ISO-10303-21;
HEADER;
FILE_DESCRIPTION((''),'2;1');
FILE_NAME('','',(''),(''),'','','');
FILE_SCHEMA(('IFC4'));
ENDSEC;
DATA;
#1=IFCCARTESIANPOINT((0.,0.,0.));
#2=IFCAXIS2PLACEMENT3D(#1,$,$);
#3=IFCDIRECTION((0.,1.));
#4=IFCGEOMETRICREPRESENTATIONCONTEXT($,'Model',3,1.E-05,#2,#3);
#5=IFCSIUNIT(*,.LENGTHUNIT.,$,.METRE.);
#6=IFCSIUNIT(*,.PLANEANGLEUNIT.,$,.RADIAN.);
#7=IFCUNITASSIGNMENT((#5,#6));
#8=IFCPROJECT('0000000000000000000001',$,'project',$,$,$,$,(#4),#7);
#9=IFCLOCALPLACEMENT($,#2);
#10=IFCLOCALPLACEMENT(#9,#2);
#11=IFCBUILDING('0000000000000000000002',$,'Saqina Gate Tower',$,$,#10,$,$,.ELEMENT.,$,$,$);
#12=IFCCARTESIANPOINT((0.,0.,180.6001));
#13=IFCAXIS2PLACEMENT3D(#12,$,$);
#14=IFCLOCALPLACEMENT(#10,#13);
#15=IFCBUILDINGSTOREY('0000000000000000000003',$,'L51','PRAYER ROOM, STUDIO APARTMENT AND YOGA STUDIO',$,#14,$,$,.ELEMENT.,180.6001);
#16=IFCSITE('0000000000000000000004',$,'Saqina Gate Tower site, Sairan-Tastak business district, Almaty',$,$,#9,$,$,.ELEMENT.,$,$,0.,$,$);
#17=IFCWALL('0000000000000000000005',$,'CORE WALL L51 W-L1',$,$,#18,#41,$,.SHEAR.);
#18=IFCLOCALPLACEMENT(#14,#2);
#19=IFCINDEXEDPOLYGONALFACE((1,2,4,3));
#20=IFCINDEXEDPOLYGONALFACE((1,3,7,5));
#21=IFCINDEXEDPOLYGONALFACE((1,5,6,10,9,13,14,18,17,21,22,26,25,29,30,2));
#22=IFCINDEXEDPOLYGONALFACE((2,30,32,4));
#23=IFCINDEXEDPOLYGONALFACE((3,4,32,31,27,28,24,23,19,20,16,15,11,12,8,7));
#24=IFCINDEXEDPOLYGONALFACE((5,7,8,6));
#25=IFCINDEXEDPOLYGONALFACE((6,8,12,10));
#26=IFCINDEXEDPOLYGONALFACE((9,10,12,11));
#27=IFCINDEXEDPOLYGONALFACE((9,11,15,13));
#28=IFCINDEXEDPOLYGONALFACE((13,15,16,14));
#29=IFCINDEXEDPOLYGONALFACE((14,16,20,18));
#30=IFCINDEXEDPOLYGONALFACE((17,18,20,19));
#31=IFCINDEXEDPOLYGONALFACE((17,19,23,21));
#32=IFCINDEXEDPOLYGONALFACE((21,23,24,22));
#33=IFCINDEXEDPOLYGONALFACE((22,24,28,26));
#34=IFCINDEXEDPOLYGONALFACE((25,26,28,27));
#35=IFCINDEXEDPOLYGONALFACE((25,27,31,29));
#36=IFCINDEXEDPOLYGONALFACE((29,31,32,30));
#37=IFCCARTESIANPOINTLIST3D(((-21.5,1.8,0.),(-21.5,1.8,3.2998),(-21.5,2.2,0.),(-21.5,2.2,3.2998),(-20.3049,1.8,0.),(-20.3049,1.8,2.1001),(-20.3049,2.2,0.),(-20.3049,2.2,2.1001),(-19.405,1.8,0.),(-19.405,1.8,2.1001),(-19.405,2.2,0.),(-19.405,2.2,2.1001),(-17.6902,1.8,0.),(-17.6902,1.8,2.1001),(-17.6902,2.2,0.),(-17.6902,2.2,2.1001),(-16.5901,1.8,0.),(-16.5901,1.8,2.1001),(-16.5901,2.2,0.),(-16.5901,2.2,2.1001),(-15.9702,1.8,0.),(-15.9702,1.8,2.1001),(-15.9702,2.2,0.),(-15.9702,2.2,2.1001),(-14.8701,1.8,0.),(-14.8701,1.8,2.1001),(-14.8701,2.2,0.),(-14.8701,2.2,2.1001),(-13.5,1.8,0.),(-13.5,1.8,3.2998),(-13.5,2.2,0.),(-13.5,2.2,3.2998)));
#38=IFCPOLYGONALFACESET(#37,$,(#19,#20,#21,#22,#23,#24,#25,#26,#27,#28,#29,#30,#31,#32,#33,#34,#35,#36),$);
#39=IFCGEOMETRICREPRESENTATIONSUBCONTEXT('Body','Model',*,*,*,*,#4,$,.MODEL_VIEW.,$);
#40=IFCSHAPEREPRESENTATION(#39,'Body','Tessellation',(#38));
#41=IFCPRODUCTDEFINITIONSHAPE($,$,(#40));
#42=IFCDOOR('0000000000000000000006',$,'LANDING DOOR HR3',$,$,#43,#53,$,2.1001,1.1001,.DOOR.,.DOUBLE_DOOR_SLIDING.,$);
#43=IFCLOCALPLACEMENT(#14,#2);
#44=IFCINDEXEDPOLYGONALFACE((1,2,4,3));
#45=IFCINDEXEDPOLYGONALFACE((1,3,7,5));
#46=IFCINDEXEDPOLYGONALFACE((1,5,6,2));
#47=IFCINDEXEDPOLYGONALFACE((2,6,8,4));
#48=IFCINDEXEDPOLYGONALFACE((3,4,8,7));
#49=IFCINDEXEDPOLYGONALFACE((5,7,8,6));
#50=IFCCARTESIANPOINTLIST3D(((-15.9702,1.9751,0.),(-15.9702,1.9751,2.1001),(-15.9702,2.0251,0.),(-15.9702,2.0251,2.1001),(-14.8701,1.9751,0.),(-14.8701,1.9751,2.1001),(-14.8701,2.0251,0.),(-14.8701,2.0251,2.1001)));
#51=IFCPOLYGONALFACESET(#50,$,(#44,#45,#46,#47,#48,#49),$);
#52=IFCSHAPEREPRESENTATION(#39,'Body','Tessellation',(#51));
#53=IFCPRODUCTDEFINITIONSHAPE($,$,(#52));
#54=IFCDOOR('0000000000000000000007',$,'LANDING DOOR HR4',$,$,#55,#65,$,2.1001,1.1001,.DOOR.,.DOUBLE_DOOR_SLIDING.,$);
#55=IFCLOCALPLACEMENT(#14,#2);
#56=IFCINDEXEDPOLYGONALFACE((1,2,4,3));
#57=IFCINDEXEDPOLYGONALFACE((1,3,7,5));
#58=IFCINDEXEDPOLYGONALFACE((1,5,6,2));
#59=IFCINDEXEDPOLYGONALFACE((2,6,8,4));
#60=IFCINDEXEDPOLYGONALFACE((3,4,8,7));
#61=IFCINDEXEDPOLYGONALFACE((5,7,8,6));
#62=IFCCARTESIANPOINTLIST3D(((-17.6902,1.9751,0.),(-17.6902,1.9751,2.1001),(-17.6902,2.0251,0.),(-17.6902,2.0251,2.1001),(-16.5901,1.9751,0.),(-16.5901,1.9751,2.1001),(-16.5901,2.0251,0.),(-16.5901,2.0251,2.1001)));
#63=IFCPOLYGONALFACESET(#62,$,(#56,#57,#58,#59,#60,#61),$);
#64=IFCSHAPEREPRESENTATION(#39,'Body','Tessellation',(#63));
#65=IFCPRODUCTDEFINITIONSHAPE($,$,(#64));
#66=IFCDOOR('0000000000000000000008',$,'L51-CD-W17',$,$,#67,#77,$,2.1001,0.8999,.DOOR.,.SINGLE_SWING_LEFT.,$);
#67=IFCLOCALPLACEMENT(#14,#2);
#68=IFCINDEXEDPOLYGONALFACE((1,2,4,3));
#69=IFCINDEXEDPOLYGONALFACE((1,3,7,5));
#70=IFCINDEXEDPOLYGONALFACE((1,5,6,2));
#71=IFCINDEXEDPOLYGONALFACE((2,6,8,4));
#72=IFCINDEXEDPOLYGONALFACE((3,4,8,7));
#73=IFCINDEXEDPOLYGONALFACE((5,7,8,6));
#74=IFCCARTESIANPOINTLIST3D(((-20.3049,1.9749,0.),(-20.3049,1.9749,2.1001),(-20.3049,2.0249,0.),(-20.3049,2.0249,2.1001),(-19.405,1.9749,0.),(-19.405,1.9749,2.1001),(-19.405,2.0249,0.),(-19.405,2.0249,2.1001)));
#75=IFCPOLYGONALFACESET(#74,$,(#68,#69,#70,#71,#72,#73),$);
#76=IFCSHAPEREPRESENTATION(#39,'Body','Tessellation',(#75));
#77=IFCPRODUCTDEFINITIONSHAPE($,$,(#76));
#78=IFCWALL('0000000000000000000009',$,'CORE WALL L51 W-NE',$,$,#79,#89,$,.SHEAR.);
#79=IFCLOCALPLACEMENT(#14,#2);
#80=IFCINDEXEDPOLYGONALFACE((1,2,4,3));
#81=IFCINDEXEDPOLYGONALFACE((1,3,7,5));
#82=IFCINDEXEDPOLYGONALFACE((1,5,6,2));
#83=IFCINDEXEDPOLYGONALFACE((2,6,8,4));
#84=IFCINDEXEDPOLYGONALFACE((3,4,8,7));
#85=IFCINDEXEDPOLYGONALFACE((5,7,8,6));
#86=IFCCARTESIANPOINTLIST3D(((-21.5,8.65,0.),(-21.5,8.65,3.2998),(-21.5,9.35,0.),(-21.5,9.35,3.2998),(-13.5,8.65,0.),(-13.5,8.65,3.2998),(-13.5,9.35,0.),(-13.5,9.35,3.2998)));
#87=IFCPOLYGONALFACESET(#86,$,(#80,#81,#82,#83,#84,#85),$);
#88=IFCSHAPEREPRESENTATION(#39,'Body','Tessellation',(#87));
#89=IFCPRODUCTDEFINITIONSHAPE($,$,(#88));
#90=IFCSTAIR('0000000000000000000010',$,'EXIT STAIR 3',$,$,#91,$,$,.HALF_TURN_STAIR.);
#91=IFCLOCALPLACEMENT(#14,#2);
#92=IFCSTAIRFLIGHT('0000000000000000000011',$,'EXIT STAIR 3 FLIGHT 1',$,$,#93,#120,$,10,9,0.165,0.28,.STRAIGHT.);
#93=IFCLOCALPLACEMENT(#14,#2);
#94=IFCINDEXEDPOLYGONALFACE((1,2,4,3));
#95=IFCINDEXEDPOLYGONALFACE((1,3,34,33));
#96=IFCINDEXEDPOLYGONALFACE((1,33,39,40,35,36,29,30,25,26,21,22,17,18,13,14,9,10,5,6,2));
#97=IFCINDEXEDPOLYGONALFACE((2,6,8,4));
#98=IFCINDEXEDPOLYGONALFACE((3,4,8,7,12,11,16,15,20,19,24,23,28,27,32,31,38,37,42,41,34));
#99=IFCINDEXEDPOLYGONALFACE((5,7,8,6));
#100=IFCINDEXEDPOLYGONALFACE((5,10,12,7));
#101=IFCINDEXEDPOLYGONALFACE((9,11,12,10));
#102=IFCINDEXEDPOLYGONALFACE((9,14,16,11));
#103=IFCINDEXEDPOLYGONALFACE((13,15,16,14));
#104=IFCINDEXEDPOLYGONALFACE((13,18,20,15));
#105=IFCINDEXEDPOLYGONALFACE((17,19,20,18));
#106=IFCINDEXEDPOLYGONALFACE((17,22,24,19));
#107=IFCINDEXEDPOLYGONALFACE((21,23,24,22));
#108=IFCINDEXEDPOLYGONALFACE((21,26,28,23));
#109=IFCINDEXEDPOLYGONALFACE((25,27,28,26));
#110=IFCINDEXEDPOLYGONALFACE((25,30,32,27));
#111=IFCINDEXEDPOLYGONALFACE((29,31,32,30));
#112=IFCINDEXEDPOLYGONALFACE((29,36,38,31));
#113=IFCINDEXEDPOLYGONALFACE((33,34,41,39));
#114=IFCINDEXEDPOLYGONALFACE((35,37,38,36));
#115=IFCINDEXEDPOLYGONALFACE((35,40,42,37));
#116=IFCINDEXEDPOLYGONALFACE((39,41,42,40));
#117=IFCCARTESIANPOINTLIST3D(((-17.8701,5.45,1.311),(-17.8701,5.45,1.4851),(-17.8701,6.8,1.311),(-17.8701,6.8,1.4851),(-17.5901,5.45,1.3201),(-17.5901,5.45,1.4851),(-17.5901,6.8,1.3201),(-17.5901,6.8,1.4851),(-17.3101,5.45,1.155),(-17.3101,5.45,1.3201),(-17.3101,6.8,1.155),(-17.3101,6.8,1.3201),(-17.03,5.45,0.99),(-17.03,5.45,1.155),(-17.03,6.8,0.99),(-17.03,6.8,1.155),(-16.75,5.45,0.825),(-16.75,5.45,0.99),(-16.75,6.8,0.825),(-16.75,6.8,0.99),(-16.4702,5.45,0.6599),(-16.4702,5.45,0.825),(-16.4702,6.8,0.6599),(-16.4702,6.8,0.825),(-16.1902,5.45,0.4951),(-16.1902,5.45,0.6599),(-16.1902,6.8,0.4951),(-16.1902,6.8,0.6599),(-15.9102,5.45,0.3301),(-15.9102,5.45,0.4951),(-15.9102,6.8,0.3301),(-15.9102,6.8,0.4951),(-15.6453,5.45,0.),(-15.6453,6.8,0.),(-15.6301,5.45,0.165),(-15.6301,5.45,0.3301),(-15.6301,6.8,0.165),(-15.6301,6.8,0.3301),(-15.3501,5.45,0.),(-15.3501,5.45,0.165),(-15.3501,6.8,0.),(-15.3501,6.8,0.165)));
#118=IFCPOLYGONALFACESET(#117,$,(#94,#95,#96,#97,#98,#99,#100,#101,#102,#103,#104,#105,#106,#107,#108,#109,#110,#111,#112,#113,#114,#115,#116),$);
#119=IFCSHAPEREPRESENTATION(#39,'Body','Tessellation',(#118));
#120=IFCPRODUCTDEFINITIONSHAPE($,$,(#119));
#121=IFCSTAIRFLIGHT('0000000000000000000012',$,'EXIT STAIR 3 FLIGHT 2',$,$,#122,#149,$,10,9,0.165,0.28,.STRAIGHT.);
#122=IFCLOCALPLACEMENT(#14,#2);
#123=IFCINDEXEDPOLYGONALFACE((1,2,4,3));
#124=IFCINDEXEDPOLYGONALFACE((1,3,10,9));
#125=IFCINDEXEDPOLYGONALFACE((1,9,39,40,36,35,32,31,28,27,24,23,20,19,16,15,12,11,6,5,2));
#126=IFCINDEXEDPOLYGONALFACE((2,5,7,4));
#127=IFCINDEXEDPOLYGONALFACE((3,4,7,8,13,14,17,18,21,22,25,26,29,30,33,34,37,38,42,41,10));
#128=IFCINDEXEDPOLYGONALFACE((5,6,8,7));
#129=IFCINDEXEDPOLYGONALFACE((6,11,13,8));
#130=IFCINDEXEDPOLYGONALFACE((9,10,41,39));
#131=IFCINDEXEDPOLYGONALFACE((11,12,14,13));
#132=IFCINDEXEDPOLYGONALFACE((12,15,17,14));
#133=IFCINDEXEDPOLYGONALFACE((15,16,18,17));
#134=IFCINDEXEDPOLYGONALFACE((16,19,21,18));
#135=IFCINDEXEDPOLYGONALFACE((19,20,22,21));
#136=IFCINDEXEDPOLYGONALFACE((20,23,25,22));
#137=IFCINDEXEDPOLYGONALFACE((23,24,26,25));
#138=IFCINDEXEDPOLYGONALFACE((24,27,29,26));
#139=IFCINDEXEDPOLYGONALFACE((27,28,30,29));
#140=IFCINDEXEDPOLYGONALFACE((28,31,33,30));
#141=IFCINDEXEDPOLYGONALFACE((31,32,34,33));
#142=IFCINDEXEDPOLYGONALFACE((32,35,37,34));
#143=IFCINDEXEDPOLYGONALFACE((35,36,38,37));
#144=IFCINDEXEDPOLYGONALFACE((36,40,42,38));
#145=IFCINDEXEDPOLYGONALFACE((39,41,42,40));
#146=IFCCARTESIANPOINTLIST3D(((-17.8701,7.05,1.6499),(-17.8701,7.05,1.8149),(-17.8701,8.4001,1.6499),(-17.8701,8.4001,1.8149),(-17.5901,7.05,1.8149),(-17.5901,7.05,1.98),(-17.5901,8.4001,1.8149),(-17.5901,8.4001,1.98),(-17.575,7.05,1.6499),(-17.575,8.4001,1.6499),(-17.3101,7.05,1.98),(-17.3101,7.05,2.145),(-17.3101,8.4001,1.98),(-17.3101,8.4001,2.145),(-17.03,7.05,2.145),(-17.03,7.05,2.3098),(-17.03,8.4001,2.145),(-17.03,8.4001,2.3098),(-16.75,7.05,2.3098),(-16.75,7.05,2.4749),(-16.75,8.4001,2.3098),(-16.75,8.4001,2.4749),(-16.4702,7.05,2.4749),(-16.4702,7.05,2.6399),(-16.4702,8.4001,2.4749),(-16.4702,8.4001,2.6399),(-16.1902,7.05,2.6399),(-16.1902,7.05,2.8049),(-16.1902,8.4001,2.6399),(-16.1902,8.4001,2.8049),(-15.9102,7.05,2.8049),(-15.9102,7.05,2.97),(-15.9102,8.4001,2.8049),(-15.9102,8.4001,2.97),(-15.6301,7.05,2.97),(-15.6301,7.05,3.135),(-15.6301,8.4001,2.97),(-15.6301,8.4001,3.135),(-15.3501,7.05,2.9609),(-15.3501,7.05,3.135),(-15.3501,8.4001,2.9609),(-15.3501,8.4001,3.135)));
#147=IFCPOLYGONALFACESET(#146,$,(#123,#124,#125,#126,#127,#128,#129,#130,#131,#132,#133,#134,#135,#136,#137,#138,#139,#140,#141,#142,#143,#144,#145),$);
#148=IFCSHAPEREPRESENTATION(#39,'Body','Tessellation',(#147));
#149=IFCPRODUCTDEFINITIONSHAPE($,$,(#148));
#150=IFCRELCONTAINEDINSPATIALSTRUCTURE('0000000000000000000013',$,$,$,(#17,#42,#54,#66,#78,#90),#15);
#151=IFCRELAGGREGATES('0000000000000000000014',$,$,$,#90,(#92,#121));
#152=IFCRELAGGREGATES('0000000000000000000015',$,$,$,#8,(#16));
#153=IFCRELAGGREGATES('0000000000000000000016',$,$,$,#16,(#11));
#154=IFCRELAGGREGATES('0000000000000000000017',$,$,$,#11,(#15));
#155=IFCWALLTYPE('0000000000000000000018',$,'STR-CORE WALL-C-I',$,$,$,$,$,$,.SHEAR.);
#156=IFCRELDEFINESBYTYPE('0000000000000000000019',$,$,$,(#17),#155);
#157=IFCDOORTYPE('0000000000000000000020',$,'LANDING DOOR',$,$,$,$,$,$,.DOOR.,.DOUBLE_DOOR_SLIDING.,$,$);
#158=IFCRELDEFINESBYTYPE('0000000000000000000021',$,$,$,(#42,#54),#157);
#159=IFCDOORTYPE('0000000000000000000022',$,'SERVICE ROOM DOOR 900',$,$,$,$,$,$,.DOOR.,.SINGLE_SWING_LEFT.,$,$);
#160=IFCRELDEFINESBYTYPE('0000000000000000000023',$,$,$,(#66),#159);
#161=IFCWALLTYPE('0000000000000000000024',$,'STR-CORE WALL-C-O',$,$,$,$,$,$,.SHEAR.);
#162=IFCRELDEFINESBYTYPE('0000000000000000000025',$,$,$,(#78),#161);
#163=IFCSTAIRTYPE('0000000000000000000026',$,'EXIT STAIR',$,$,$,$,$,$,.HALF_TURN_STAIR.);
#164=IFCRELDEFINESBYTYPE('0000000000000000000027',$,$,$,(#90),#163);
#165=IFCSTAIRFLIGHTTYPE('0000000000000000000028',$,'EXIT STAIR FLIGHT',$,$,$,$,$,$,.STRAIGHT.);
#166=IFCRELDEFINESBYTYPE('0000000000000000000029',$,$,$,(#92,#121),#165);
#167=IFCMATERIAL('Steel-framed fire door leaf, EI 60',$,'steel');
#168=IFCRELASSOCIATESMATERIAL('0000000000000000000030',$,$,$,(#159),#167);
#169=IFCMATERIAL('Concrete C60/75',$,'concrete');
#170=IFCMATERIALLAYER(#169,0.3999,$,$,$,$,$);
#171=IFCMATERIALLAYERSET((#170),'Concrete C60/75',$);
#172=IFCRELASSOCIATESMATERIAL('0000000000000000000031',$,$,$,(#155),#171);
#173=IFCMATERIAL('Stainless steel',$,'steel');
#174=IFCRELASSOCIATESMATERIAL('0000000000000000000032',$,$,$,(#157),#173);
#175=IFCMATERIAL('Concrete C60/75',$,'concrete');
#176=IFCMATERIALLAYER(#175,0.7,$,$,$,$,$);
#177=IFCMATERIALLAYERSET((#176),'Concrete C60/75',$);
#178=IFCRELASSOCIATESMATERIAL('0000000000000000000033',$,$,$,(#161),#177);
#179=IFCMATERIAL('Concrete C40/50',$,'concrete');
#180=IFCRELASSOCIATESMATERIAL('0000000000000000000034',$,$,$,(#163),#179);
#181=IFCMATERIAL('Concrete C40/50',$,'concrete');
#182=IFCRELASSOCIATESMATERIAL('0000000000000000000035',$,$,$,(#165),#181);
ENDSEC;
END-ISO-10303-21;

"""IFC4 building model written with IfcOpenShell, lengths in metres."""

from ifc_helpers import new_model, si_unit, direction, frame, frame_2d, origin, place, context, subcontext, project, spatial, polyline, rectangle, outline, extrude, material, layer, layer_set, type_object, element, fill, aggregate, save


model = new_model("IFC4")

# Units and contexts
model_context = context("Model", 3, precision=1e-05, world=origin(), true_north=direction((0.0, 1.0)))
body_context = subcontext(model_context, "Body", "Model", "MODEL_VIEW")
ifc_project = project(units=[si_unit("LENGTHUNIT", "METRE"), si_unit("PLANEANGLEUNIT", "RADIAN")], contexts=[model_context])

# Site, building, storey
site_placement = place(None, origin())
site = spatial("IfcSite", under=ifc_project, at=site_placement, Name="Saqina Gate Tower site, Sairan-Tastak business district, Almaty", CompositionType="ELEMENT", RefElevation=0.0)
building_placement = place(site_placement, origin())
building = spatial("IfcBuilding", under=site, at=building_placement, Name="Saqina Gate Tower", CompositionType="ELEMENT")
storey_placement = place(building_placement, frame((0.0, 0.0, 180.6001)))
storey = spatial("IfcBuildingStorey", under=building, at=storey_placement, Name="L51", Description="PRAYER ROOM, STUDIO APARTMENT AND YOGA STUDIO", CompositionType="ELEMENT", Elevation=180.6001)

# Shared definitions
ifc_material_1 = material(Name="Steel-framed fire door leaf, EI 60", Category="steel")
door_type_1 = type_object("IfcDoorType", Name="SERVICE ROOM DOOR 900", OperationType="SINGLE_SWING_LEFT", PredefinedType="DOOR", material=ifc_material_1)

# Shared definitions
ifc_material_2 = material(Name="Concrete C60/75", Category="concrete")
ifc_layer_1 = layer(ifc_material_2, 0.3999)
ifc_layer_set_1 = layer_set([ifc_layer_1], Name="Concrete C60/75")
wall_type_1 = type_object("IfcWallType", Name="STR-CORE WALL-C-I", PredefinedType="SHEAR", material=ifc_layer_set_1)

# Wall, openings, doors
wall_1_placement = place(storey_placement, frame((-13.5, 2.0, 0.0), z_axis=(0.0, 0.0, 1.0), x_axis=(-1.0, 0.0, 0.0)))
wall_1 = element("IfcWall", 1, at=wall_1_placement, inside=storey, type_object=wall_type_1, Name="CORE WALL L51 W-L1", PredefinedType="SHEAR", context=body_context, shape_type="SweptSolid", body=[
    extrude(rectangle(XDim=8.0, YDim=0.3999, at=frame_2d((4.0, 0.0))), origin(), (0.0, 0.0, 1.0), 3.2998),
])
opening_1_placement = place(wall_1_placement, frame((1.3701, 0.0, 0.0)))
opening_1 = element("IfcOpeningElement", 2, at=opening_1_placement, cuts=wall_1, PredefinedType="OPENING", context=body_context, shape_type="SweptSolid", body=[
    extrude(rectangle(XDim=1.1001, YDim=2.1001, at=frame_2d((0.55, 1.05))), frame((0.0, 0.2119, 0.0), z_axis=(0.0, -1.0, 0.0), x_axis=(1.0, 0.0, 0.0)), (0.0, 0.0, 1.0), 0.4238),
])
opening_2_placement = place(wall_1_placement, frame((3.0901, 0.0, 0.0)))
opening_2 = element("IfcOpeningElement", 3, at=opening_2_placement, cuts=wall_1, PredefinedType="OPENING", context=body_context, shape_type="SweptSolid", body=[
    extrude(rectangle(XDim=1.1001, YDim=2.1001, at=frame_2d((0.55, 1.05))), frame((0.0, 0.2119, 0.0), z_axis=(0.0, -1.0, 0.0), x_axis=(1.0, 0.0, 0.0)), (0.0, 0.0, 1.0), 0.4238),
])
opening_3_placement = place(wall_1_placement, frame((5.905, 0.0, 0.0)))
opening_3 = element("IfcOpeningElement", 4, at=opening_3_placement, cuts=wall_1, PredefinedType="OPENING", context=body_context, shape_type="SweptSolid", body=[
    extrude(rectangle(XDim=0.8999, YDim=2.1001, at=frame_2d((0.45, 1.05))), frame((0.0, 0.2119, 0.0), z_axis=(0.0, -1.0, 0.0), x_axis=(1.0, 0.0, 0.0)), (0.0, 0.0, 1.0), 0.4238),
])
ifc_material_3 = material(Name="Stainless steel", Category="steel")
door_type_2 = type_object("IfcDoorType", Name="LANDING DOOR", OperationType="DOUBLE_DOOR_SLIDING", PredefinedType="DOOR", material=ifc_material_3)
door_1_placement = place(opening_1_placement, origin())
door_1 = element("IfcDoor", 5, at=door_1_placement, inside=storey, type_object=door_type_2, Name="LANDING DOOR HR3", OperationType="DOUBLE_DOOR_SLIDING", OverallHeight=2.1001, OverallWidth=1.1001, PredefinedType="DOOR", context=body_context, shape_type="SweptSolid", body=[
    extrude(rectangle(XDim=1.1001, YDim=2.1001, at=frame_2d((0.55, 1.05))), frame((0.0, 0.0249, 0.0), z_axis=(0.0, -1.0, 0.0), x_axis=(1.0, 0.0, 0.0)), (0.0, 0.0, 1.0), 0.05),
])
fill(opening_1, door_1)
door_2_placement = place(opening_2_placement, origin())
door_2 = element("IfcDoor", 6, at=door_2_placement, inside=storey, type_object=door_type_2, Name="LANDING DOOR HR4", OperationType="DOUBLE_DOOR_SLIDING", OverallHeight=2.1001, OverallWidth=1.1001, PredefinedType="DOOR", context=body_context, shape_type="SweptSolid", body=[
    extrude(rectangle(XDim=1.1001, YDim=2.1001, at=frame_2d((0.55, 1.05))), frame((0.0, 0.0249, 0.0), z_axis=(0.0, -1.0, 0.0), x_axis=(1.0, 0.0, 0.0)), (0.0, 0.0, 1.0), 0.05),
])
fill(opening_2, door_2)
door_3_placement = place(opening_3_placement, frame((0.8999, 0.0, 0.0), z_axis=(0.0, 0.0, 1.0), x_axis=(-1.0, 0.0, 0.0)))
door_3 = element("IfcDoor", 7, at=door_3_placement, inside=storey, type_object=door_type_1, Name="L51-CD-W17", OperationType="SINGLE_SWING_LEFT", OverallHeight=2.1001, OverallWidth=0.8999, PredefinedType="DOOR", context=body_context, shape_type="SweptSolid", body=[
    extrude(rectangle(XDim=0.8999, YDim=2.1001, at=frame_2d((0.45, 1.05))), frame((0.0, 0.0249, 0.0), z_axis=(0.0, -1.0, 0.0), x_axis=(1.0, 0.0, 0.0)), (0.0, 0.0, 1.0), 0.05),
])
fill(opening_3, door_3)

# Wall
ifc_material_4 = material(Name="Concrete C60/75", Category="concrete")
ifc_layer_2 = layer(ifc_material_4, 0.7)
ifc_layer_set_2 = layer_set([ifc_layer_2], Name="Concrete C60/75")
wall_type_2 = type_object("IfcWallType", Name="STR-CORE WALL-C-O", PredefinedType="SHEAR", material=ifc_layer_set_2)
wall_2_placement = place(storey_placement, frame((-13.5, 9.0, 0.0), z_axis=(0.0, 0.0, 1.0), x_axis=(-1.0, 0.0, 0.0)))
element("IfcWall", 8, at=wall_2_placement, inside=storey, type_object=wall_type_2, Name="CORE WALL L51 W-NE", PredefinedType="SHEAR", context=body_context, shape_type="SweptSolid", body=[
    extrude(rectangle(XDim=8.0, YDim=0.7, at=frame_2d((4.0, 0.0))), origin(), (0.0, 0.0, 1.0), 3.2998),
])

# Stair, stair flights
ifc_material_5 = material(Name="Concrete C40/50", Category="concrete")
stair_type = type_object("IfcStairType", Name="EXIT STAIR", PredefinedType="HALF_TURN_STAIR", material=ifc_material_5)
stair_placement = place(storey_placement, origin())
stair = element("IfcStair", 9, at=stair_placement, inside=storey, type_object=stair_type, Name="EXIT STAIR 3", PredefinedType="HALF_TURN_STAIR")
ifc_material_6 = material(Name="Concrete C40/50", Category="concrete")
stair_flight_type = type_object("IfcStairFlightType", Name="EXIT STAIR FLIGHT", PredefinedType="STRAIGHT", material=ifc_material_6)
stair_flight_1_placement = place(storey_placement, frame((-15.3501, 6.125, 0.0), z_axis=(0.0, 0.0, 1.0), x_axis=(-1.0, 0.0, 0.0)))
stair_flight_1 = element("IfcStairFlight", 10, at=stair_flight_1_placement, type_object=stair_flight_type, Name="EXIT STAIR 3 FLIGHT 1", NumberOfRisers=10, NumberOfTreads=9, PredefinedType="STRAIGHT", RiserHeight=0.165, TreadLength=0.28, context=body_context, shape_type="SweptSolid", body=[
    extrude(outline(polyline([(0.0, 0.0), (0.0, 0.165), (0.28, 0.165), (0.28, 0.3301), (0.5601, 0.3301), (0.5601, 0.4951), (0.8401, 0.4951), (0.8401, 0.6599), (1.1201, 0.6599), (1.1201, 0.825), (1.3999, 0.825), (1.3999, 0.99), (1.6799, 0.99), (1.6799, 1.155), (1.96, 1.155), (1.96, 1.3201), (2.24, 1.3201), (2.24, 1.4851), (2.52, 1.4851), (2.52, 1.6499), (2.52, 1.311), (0.2952, 0.0), (0.0, 0.0)])), frame((0.0, 0.675, 0.0), z_axis=(0.0, -1.0, 0.0), x_axis=(1.0, 0.0, 0.0)), (0.0, 0.0, 1.0), 1.3501),
])
stair_flight_2_placement = place(storey_placement, frame((-17.8701, 7.7251, 1.6499), z_axis=(0.0, 0.0, 1.0), x_axis=(1.0, 0.0, 0.0)))
stair_flight_2 = element("IfcStairFlight", 11, at=stair_flight_2_placement, type_object=stair_flight_type, Name="EXIT STAIR 3 FLIGHT 2", NumberOfRisers=10, NumberOfTreads=9, PredefinedType="STRAIGHT", RiserHeight=0.165, TreadLength=0.28, context=body_context, shape_type="SweptSolid", body=[
    extrude(outline(polyline([(0.0, 0.0), (0.0, 0.165), (0.28, 0.165), (0.28, 0.3301), (0.5601, 0.3301), (0.5601, 0.4951), (0.8401, 0.4951), (0.8401, 0.6599), (1.1201, 0.6599), (1.1201, 0.825), (1.3999, 0.825), (1.3999, 0.99), (1.6799, 0.99), (1.6799, 1.155), (1.96, 1.155), (1.96, 1.3201), (2.24, 1.3201), (2.24, 1.4851), (2.52, 1.4851), (2.52, 1.6499), (2.52, 1.311), (0.2952, 0.0), (0.0, 0.0)])), frame((0.0, 0.675, 0.0), z_axis=(0.0, -1.0, 0.0), x_axis=(1.0, 0.0, 0.0)), (0.0, 0.0, 1.0), 1.3501),
])
aggregate(stair, [stair_flight_1, stair_flight_2])

save(model, "model.ifc")
